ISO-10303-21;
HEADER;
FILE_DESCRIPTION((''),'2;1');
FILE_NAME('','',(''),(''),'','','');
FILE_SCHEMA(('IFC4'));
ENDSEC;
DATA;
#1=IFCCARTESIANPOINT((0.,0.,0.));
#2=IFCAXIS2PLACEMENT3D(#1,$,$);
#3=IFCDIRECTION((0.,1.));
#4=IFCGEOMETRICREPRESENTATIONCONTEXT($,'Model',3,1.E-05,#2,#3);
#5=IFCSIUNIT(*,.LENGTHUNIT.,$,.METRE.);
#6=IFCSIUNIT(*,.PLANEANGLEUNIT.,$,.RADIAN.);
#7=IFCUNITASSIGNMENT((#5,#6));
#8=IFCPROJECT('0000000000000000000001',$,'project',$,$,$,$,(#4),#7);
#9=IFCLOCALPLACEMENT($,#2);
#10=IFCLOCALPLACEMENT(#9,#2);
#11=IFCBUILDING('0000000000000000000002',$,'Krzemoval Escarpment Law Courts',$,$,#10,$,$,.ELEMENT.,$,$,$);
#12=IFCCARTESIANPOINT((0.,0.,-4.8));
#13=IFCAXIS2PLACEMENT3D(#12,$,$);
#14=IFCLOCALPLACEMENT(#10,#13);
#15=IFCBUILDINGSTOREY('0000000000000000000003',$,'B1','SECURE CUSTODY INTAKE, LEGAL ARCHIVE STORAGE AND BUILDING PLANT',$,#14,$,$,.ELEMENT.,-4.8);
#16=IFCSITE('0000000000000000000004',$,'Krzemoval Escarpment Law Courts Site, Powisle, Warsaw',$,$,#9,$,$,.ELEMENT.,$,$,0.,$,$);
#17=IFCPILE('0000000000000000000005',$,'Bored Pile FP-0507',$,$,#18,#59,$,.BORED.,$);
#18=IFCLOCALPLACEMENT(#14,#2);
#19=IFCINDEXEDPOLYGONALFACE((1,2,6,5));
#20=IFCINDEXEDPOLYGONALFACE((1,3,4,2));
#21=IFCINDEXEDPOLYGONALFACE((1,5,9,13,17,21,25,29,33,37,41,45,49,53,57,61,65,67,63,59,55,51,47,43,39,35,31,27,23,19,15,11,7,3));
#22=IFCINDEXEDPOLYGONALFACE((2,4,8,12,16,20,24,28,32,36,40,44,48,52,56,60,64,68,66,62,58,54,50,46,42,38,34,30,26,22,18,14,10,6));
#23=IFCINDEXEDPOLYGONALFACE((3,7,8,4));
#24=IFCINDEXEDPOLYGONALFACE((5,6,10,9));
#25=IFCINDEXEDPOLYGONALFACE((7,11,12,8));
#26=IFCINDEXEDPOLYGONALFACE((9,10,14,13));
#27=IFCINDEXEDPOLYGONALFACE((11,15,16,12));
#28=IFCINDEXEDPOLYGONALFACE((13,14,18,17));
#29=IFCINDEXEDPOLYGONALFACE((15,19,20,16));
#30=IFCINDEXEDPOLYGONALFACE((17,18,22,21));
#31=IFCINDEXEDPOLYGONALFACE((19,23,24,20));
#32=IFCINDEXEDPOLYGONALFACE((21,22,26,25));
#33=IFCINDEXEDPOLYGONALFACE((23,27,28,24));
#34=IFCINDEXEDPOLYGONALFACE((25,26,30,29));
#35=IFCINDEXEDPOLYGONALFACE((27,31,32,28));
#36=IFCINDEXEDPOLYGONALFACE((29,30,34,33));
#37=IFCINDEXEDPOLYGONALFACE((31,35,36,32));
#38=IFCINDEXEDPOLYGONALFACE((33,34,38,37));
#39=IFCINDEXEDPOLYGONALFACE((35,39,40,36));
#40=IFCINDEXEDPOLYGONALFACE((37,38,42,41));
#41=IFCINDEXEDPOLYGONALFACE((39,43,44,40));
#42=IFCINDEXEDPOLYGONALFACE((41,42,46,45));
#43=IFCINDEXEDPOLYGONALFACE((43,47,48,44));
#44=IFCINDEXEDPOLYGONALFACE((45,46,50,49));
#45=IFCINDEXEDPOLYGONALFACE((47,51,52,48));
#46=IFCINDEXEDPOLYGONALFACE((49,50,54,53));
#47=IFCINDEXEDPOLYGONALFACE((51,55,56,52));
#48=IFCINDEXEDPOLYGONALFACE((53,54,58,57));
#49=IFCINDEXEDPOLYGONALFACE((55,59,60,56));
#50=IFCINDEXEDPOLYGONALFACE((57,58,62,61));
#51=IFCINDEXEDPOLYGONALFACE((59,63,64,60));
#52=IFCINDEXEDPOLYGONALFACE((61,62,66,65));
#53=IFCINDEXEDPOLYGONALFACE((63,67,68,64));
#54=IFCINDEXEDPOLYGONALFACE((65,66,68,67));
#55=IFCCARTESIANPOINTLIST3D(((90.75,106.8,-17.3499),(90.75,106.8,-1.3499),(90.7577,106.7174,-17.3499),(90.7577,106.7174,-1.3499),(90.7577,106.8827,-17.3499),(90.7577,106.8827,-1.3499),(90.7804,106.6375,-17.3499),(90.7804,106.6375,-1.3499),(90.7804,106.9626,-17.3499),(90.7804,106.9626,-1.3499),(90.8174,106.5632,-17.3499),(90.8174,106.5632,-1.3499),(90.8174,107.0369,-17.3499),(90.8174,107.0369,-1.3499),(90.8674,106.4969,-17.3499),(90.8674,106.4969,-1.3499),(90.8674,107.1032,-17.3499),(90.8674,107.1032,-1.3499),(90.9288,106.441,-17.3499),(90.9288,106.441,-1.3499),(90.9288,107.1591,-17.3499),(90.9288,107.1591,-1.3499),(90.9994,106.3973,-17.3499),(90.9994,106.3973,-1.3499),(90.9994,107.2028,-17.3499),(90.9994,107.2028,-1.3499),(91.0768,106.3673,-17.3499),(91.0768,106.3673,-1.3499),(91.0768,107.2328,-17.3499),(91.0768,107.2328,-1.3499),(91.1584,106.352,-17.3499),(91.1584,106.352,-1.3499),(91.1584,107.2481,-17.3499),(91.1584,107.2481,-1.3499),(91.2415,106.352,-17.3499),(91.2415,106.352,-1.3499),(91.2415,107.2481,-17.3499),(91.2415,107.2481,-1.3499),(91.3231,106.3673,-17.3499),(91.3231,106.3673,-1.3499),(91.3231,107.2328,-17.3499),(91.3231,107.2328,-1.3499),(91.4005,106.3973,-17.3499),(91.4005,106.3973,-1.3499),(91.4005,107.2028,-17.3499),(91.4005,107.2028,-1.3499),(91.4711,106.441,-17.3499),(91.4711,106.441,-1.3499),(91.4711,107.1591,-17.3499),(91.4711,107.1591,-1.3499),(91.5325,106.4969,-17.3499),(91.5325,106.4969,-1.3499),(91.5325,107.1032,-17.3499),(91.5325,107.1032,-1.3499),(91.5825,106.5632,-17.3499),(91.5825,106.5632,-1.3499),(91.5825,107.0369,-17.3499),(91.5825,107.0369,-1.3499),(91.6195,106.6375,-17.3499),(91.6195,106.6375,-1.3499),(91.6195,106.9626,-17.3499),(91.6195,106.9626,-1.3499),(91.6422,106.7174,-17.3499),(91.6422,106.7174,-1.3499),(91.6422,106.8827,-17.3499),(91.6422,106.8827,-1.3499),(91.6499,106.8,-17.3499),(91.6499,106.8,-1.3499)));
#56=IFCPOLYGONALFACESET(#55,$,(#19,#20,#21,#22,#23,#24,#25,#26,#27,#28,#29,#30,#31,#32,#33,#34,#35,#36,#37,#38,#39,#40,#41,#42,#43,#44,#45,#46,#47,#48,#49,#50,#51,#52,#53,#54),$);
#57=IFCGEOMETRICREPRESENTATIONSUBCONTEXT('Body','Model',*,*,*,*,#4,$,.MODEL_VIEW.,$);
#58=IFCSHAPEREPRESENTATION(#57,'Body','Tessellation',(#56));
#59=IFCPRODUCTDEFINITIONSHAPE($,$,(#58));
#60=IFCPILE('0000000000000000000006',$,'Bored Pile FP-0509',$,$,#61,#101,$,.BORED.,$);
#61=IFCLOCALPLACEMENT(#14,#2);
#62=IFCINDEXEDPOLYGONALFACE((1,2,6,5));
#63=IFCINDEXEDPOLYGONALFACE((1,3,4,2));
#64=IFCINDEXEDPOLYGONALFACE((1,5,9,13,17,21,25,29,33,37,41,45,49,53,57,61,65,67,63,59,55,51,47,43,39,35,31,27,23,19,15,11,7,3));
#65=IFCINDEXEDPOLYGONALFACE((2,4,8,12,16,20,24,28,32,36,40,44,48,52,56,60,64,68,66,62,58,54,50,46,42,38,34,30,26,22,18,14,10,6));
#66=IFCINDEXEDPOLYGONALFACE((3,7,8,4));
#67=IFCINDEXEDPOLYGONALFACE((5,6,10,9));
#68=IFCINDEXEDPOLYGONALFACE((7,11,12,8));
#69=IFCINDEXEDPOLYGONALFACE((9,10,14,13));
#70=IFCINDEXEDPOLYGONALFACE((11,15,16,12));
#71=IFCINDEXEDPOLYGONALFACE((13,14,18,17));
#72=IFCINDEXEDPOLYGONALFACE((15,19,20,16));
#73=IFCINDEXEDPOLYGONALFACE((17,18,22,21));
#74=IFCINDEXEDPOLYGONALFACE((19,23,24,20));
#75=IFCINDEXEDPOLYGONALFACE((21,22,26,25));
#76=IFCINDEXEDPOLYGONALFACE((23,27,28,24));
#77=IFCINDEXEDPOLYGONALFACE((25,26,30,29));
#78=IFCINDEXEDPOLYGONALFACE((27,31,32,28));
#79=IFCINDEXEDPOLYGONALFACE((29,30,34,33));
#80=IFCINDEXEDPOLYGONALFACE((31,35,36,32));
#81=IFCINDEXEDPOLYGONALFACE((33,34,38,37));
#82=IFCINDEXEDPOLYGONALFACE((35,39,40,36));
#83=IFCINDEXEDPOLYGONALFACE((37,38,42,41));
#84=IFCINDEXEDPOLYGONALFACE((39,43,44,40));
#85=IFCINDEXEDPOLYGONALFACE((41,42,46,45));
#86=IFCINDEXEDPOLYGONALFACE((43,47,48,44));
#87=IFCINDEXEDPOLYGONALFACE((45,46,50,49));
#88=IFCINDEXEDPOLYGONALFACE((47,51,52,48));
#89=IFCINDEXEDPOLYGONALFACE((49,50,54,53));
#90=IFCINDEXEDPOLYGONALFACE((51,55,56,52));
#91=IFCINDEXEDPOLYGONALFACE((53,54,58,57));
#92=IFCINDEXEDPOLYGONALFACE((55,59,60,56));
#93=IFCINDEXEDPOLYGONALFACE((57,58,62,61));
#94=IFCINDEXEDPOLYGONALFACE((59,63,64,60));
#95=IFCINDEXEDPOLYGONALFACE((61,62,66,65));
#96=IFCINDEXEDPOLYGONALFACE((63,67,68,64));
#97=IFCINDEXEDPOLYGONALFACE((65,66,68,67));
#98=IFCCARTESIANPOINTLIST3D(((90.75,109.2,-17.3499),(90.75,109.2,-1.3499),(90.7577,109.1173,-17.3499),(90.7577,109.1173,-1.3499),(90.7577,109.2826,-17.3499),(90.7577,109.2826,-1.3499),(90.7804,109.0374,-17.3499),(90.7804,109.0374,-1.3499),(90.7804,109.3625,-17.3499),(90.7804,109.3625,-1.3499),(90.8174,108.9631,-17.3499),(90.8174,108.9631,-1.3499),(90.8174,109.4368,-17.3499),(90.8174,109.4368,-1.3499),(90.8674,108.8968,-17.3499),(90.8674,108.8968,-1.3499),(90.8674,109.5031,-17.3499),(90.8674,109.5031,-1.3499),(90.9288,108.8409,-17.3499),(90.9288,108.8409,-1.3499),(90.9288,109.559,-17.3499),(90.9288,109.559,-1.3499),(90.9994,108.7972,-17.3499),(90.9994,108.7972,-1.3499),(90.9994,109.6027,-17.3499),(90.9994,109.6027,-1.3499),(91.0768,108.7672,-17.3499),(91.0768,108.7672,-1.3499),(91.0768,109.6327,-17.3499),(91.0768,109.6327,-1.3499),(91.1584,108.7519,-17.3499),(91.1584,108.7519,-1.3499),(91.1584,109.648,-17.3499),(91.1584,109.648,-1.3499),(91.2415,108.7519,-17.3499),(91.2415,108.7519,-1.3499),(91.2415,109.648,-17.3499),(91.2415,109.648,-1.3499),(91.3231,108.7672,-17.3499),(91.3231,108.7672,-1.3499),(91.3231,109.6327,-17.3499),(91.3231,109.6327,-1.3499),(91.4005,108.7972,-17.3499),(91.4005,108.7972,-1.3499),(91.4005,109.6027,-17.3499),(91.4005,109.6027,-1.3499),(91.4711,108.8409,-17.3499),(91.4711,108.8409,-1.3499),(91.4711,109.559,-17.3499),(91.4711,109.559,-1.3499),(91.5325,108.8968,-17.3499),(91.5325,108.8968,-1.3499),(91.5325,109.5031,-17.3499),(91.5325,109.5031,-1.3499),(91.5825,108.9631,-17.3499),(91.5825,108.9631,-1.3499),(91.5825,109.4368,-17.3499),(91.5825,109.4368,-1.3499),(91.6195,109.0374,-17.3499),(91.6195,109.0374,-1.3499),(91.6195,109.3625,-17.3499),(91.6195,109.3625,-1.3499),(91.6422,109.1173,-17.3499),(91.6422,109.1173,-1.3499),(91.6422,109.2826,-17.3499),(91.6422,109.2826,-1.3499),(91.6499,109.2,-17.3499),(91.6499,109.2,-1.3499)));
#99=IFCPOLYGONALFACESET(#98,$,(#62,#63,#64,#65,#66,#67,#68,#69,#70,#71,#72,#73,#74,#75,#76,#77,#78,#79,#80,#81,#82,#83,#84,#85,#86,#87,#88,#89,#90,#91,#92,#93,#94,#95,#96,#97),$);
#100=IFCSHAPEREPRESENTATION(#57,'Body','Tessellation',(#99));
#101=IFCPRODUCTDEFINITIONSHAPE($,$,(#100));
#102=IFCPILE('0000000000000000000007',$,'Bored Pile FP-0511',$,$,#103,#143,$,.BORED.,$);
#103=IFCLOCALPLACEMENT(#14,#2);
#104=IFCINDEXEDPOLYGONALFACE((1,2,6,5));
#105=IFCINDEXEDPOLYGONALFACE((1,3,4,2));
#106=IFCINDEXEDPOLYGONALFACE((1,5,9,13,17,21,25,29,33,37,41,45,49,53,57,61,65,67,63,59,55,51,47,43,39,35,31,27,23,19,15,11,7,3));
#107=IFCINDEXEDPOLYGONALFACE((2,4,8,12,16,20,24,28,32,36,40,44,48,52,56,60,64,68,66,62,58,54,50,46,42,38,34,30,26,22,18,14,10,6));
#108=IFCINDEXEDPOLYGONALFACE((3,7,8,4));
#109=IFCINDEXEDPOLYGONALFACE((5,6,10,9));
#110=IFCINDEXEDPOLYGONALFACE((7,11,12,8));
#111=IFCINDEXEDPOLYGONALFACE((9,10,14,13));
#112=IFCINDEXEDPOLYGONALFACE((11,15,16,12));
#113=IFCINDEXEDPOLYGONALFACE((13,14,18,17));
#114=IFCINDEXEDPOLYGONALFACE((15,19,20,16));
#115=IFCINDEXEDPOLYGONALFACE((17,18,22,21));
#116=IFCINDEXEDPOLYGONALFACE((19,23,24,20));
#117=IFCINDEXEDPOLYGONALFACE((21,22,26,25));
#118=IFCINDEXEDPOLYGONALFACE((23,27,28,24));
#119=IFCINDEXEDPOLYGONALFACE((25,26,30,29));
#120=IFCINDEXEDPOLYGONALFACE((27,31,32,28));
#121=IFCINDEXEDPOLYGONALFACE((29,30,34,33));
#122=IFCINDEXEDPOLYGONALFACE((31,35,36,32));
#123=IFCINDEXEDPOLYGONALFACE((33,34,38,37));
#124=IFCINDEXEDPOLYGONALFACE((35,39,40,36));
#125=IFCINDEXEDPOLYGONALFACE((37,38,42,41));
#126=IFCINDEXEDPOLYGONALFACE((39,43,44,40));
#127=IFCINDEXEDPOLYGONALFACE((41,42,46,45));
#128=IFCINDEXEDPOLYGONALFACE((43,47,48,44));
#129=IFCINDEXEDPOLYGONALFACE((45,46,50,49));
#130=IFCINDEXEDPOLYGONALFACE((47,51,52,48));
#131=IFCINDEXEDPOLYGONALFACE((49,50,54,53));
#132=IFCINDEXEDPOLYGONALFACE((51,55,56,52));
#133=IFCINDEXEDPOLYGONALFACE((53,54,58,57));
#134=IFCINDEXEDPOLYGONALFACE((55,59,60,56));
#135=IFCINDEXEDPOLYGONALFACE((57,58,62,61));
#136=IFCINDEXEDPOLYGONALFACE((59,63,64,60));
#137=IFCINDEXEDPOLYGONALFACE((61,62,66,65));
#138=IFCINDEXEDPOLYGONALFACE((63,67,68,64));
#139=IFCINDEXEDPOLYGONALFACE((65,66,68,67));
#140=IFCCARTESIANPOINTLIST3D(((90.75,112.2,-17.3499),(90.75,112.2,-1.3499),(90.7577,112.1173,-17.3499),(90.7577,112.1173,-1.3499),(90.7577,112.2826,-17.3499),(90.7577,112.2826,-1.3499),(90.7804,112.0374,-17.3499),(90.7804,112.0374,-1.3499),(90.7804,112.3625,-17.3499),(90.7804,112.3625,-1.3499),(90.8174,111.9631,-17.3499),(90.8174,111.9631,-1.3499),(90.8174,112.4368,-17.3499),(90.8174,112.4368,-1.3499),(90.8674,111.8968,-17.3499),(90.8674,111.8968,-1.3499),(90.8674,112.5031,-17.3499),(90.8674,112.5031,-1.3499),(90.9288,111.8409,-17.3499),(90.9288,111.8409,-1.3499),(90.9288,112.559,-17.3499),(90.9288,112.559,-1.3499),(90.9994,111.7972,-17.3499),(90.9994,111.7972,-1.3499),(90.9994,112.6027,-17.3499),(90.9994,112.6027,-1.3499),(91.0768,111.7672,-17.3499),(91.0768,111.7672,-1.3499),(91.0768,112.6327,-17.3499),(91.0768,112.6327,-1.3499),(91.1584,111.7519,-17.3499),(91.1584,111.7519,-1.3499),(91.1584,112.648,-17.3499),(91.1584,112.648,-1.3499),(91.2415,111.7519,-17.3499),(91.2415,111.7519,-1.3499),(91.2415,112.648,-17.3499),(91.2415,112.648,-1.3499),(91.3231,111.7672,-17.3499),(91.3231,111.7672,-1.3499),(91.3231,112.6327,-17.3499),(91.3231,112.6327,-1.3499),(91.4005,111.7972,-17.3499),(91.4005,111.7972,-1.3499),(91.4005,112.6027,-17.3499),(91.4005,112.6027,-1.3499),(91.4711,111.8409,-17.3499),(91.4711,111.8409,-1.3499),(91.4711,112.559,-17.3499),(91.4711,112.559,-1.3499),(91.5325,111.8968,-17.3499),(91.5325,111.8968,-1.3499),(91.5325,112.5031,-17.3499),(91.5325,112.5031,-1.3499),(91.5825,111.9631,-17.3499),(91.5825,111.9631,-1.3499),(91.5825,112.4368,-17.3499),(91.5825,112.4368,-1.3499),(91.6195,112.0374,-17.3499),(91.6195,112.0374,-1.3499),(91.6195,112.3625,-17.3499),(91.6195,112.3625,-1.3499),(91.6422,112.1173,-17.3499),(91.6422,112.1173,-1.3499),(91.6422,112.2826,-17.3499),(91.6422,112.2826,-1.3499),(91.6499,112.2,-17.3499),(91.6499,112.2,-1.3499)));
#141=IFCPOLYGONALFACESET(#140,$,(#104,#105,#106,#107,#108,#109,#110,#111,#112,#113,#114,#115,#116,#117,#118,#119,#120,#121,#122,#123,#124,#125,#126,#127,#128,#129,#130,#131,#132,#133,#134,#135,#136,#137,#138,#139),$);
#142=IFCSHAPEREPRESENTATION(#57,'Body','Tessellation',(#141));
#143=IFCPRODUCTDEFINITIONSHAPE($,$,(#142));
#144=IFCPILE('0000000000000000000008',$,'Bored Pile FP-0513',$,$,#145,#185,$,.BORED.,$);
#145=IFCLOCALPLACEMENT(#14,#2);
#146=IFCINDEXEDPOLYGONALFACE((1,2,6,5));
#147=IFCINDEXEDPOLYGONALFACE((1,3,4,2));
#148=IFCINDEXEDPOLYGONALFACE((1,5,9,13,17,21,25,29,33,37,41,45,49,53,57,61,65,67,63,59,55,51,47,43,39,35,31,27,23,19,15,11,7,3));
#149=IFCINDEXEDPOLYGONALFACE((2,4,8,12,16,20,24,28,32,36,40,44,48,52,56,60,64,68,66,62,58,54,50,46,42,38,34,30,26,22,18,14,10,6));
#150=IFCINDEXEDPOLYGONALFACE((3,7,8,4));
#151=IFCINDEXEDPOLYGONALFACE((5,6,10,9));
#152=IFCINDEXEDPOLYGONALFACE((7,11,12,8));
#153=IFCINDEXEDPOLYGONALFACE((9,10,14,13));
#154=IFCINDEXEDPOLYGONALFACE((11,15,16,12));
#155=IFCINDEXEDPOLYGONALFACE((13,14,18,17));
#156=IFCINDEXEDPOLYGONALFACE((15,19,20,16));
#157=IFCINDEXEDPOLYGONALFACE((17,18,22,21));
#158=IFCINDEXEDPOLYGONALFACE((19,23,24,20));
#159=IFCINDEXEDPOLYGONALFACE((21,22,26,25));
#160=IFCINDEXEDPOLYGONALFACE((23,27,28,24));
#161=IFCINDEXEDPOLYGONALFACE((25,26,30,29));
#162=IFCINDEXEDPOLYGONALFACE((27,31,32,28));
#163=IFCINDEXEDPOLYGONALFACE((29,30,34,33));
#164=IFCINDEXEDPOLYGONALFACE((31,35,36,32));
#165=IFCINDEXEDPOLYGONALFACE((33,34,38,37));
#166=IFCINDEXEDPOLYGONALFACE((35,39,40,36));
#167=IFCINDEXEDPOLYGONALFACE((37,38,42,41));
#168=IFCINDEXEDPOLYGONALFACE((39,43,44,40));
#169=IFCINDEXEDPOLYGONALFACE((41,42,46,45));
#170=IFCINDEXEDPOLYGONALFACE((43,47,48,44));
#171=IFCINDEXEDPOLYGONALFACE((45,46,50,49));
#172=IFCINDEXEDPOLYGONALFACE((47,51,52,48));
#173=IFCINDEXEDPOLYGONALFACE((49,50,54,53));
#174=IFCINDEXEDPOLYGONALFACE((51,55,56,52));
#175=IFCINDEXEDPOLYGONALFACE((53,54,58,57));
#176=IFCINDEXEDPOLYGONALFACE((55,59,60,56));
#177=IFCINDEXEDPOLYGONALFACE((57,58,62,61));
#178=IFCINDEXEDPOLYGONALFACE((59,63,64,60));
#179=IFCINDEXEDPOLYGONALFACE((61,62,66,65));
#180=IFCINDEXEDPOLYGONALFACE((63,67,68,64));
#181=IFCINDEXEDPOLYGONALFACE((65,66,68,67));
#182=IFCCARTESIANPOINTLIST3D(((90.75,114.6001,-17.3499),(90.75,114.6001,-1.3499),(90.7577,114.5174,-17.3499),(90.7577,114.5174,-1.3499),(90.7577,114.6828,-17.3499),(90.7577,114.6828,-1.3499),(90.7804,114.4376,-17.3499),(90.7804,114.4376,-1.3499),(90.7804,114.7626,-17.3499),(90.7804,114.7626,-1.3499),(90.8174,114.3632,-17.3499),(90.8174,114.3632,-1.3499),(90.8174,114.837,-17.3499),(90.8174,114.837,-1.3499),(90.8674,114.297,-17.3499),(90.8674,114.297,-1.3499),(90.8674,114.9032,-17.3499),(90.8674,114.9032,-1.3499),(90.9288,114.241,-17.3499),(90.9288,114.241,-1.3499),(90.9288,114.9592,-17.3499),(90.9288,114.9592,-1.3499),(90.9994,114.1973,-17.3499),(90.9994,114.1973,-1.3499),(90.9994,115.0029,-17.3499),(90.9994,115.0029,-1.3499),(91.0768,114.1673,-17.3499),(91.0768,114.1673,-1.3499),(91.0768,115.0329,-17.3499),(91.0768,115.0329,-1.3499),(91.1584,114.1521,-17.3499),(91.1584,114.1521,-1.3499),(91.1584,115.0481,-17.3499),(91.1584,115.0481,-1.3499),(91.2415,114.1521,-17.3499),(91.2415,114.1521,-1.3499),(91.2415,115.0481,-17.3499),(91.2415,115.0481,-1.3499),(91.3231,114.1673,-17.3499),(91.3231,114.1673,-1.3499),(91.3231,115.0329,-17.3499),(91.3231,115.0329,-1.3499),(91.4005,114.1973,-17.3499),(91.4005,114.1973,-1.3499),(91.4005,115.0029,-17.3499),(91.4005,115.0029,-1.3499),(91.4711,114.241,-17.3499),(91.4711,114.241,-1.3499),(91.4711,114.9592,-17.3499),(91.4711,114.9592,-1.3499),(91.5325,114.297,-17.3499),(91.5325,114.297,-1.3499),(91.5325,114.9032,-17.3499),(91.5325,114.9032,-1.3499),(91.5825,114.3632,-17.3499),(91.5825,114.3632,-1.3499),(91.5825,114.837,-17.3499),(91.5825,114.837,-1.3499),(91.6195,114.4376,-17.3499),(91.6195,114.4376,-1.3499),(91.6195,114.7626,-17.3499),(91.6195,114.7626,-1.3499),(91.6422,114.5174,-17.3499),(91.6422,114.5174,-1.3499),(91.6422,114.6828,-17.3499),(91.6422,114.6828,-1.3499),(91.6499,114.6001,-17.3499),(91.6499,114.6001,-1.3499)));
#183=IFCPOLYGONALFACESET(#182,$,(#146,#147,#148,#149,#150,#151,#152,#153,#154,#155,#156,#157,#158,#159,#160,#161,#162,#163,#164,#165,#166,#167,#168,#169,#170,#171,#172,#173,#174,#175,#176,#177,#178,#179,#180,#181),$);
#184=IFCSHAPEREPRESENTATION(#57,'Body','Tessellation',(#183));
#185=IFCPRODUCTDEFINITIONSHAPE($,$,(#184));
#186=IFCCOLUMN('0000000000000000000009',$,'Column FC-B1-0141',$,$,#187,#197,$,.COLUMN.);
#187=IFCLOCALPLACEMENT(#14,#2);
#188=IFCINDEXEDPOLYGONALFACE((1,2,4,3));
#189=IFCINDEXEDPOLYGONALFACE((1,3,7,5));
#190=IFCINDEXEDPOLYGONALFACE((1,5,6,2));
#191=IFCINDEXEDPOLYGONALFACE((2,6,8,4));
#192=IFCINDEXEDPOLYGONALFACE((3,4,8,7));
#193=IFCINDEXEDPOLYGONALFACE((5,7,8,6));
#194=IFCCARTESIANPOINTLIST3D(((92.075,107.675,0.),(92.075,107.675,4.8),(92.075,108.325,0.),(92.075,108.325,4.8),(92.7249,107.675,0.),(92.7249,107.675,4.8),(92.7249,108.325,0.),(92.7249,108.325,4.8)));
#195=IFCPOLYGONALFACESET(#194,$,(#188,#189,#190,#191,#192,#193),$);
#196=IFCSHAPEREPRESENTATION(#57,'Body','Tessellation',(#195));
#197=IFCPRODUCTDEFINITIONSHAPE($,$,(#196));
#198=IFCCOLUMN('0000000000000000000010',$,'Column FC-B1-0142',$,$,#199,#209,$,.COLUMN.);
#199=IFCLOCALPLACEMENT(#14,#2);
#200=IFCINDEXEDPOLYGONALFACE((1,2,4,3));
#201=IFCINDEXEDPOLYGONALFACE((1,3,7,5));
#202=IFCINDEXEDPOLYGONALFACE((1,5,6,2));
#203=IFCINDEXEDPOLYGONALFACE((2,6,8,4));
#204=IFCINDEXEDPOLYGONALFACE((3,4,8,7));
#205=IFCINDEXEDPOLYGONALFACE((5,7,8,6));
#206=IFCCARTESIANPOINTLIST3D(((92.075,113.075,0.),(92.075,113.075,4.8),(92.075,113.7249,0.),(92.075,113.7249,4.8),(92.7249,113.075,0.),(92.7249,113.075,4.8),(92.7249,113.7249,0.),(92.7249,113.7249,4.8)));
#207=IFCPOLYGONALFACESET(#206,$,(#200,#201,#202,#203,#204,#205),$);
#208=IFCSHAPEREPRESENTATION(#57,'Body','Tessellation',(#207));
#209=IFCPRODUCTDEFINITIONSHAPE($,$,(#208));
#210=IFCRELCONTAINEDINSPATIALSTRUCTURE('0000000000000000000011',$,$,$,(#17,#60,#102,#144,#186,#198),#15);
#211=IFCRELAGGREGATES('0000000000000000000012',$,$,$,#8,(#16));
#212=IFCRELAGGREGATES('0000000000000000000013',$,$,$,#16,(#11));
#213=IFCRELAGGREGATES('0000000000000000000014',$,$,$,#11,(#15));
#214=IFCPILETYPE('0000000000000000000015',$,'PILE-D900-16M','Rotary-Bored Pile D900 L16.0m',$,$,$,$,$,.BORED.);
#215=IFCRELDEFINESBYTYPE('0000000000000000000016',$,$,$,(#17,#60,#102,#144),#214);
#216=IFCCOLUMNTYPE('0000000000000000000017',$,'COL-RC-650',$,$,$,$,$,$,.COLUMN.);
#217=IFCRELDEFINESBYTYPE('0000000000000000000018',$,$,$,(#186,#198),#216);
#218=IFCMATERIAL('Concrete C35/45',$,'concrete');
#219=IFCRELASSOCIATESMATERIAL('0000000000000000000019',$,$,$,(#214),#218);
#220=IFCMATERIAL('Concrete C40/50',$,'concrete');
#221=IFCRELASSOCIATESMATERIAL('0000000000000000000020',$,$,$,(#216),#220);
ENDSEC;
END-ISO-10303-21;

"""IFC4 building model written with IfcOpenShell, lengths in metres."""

from ifc_helpers import new_model, si_unit, direction, frame, origin, origin_2d, place, context, subcontext, project, spatial, rectangle, circle, extrude, material, material_profile, profile_set, type_object, element, save


model = new_model("IFC4")

# Units and contexts
model_context = context("Model", 3, precision=1e-05, world=origin(), true_north=direction((0.0, 1.0)))
body_context = subcontext(model_context, "Body", "Model", "MODEL_VIEW")
ifc_project = project(units=[si_unit("LENGTHUNIT", "METRE"), si_unit("PLANEANGLEUNIT", "RADIAN")], contexts=[model_context])

# Site, building, storey
site_placement = place(None, origin())
site = spatial("IfcSite", under=ifc_project, at=site_placement, Name="Krzemoval Escarpment Law Courts Site, Powisle, Warsaw", CompositionType="ELEMENT", RefElevation=0.0)
building_placement = place(site_placement, origin())
building = spatial("IfcBuilding", under=site, at=building_placement, Name="Krzemoval Escarpment Law Courts", CompositionType="ELEMENT")
storey_placement = place(building_placement, frame((0.0, 0.0, -4.8)))
storey = spatial("IfcBuildingStorey", under=building, at=storey_placement, Name="B1", Description="SECURE CUSTODY INTAKE, LEGAL ARCHIVE STORAGE AND BUILDING PLANT", CompositionType="ELEMENT", Elevation=-4.8)

# Piles
ifc_material_1 = material(Name="Concrete C35/45", Category="concrete")
ifc_material_profile_1 = material_profile(ifc_material_1, circle(Radius=0.45, at=origin_2d()), Name="PILE D900")
ifc_profile_set_1 = profile_set([ifc_material_profile_1], Name="Concrete C35/45")
pile_type = type_object("IfcPileType", Name="PILE-D900-16M", Description="Rotary-Bored Pile D900 L16.0m", PredefinedType="BORED", material=ifc_profile_set_1)
for number, where, z_axis, x_axis, name in (
    (1, (91.2, 106.8, -1.3499), (0.0, 0.0, -1.0), (1.0, 0.0, 0.0), "Bored Pile FP-0507"),
    (2, (91.2, 109.2, -1.3499), (0.0, 0.0, -1.0), (1.0, 0.0, 0.0), "Bored Pile FP-0509"),
    (3, (91.2, 112.2, -1.3499), (0.0, 0.0, -1.0), (1.0, 0.0, 0.0), "Bored Pile FP-0511"),
    (4, (91.2, 114.6001, -1.3499), (0.0, 0.0, -1.0), (1.0, 0.0, 0.0), "Bored Pile FP-0513"),
):
    element("IfcPile", number, at=place(storey_placement, frame(where, z_axis=z_axis, x_axis=x_axis)), inside=storey, type_object=pile_type, Name=name, PredefinedType="BORED", context=body_context, shape_type="SweptSolid", body=[
        extrude(circle(Radius=0.45, at=origin_2d()), origin(), (0.0, 0.0, 1.0), 16.0),
    ])

# Columns
ifc_material_2 = material(Name="Concrete C40/50", Category="concrete")
ifc_material_profile_2 = material_profile(ifc_material_2, rectangle(XDim=0.6499, YDim=0.6499, at=origin_2d()), Name="RC 650x650")
ifc_profile_set_2 = profile_set([ifc_material_profile_2], Name="Concrete C40/50")
column_type = type_object("IfcColumnType", Name="COL-RC-650", PredefinedType="COLUMN", material=ifc_profile_set_2)
for number, where, z_axis, x_axis, name in (
    (5, (92.3999, 108.0, 0.0), (0.0, 0.0, 1.0), (1.0, 0.0, 0.0), "Column FC-B1-0141"),
    (6, (92.3999, 113.3999, 0.0), (0.0, 0.0, 1.0), (1.0, 0.0, 0.0), "Column FC-B1-0142"),
):
    element("IfcColumn", number, at=place(storey_placement, frame(where, z_axis=z_axis, x_axis=x_axis)), inside=storey, type_object=column_type, Name=name, PredefinedType="COLUMN", context=body_context, shape_type="SweptSolid", body=[
        extrude(rectangle(XDim=0.6499, YDim=0.6499, at=origin_2d()), origin(), (0.0, 0.0, 1.0), 4.8),
    ])

save(model, "model.ifc")
